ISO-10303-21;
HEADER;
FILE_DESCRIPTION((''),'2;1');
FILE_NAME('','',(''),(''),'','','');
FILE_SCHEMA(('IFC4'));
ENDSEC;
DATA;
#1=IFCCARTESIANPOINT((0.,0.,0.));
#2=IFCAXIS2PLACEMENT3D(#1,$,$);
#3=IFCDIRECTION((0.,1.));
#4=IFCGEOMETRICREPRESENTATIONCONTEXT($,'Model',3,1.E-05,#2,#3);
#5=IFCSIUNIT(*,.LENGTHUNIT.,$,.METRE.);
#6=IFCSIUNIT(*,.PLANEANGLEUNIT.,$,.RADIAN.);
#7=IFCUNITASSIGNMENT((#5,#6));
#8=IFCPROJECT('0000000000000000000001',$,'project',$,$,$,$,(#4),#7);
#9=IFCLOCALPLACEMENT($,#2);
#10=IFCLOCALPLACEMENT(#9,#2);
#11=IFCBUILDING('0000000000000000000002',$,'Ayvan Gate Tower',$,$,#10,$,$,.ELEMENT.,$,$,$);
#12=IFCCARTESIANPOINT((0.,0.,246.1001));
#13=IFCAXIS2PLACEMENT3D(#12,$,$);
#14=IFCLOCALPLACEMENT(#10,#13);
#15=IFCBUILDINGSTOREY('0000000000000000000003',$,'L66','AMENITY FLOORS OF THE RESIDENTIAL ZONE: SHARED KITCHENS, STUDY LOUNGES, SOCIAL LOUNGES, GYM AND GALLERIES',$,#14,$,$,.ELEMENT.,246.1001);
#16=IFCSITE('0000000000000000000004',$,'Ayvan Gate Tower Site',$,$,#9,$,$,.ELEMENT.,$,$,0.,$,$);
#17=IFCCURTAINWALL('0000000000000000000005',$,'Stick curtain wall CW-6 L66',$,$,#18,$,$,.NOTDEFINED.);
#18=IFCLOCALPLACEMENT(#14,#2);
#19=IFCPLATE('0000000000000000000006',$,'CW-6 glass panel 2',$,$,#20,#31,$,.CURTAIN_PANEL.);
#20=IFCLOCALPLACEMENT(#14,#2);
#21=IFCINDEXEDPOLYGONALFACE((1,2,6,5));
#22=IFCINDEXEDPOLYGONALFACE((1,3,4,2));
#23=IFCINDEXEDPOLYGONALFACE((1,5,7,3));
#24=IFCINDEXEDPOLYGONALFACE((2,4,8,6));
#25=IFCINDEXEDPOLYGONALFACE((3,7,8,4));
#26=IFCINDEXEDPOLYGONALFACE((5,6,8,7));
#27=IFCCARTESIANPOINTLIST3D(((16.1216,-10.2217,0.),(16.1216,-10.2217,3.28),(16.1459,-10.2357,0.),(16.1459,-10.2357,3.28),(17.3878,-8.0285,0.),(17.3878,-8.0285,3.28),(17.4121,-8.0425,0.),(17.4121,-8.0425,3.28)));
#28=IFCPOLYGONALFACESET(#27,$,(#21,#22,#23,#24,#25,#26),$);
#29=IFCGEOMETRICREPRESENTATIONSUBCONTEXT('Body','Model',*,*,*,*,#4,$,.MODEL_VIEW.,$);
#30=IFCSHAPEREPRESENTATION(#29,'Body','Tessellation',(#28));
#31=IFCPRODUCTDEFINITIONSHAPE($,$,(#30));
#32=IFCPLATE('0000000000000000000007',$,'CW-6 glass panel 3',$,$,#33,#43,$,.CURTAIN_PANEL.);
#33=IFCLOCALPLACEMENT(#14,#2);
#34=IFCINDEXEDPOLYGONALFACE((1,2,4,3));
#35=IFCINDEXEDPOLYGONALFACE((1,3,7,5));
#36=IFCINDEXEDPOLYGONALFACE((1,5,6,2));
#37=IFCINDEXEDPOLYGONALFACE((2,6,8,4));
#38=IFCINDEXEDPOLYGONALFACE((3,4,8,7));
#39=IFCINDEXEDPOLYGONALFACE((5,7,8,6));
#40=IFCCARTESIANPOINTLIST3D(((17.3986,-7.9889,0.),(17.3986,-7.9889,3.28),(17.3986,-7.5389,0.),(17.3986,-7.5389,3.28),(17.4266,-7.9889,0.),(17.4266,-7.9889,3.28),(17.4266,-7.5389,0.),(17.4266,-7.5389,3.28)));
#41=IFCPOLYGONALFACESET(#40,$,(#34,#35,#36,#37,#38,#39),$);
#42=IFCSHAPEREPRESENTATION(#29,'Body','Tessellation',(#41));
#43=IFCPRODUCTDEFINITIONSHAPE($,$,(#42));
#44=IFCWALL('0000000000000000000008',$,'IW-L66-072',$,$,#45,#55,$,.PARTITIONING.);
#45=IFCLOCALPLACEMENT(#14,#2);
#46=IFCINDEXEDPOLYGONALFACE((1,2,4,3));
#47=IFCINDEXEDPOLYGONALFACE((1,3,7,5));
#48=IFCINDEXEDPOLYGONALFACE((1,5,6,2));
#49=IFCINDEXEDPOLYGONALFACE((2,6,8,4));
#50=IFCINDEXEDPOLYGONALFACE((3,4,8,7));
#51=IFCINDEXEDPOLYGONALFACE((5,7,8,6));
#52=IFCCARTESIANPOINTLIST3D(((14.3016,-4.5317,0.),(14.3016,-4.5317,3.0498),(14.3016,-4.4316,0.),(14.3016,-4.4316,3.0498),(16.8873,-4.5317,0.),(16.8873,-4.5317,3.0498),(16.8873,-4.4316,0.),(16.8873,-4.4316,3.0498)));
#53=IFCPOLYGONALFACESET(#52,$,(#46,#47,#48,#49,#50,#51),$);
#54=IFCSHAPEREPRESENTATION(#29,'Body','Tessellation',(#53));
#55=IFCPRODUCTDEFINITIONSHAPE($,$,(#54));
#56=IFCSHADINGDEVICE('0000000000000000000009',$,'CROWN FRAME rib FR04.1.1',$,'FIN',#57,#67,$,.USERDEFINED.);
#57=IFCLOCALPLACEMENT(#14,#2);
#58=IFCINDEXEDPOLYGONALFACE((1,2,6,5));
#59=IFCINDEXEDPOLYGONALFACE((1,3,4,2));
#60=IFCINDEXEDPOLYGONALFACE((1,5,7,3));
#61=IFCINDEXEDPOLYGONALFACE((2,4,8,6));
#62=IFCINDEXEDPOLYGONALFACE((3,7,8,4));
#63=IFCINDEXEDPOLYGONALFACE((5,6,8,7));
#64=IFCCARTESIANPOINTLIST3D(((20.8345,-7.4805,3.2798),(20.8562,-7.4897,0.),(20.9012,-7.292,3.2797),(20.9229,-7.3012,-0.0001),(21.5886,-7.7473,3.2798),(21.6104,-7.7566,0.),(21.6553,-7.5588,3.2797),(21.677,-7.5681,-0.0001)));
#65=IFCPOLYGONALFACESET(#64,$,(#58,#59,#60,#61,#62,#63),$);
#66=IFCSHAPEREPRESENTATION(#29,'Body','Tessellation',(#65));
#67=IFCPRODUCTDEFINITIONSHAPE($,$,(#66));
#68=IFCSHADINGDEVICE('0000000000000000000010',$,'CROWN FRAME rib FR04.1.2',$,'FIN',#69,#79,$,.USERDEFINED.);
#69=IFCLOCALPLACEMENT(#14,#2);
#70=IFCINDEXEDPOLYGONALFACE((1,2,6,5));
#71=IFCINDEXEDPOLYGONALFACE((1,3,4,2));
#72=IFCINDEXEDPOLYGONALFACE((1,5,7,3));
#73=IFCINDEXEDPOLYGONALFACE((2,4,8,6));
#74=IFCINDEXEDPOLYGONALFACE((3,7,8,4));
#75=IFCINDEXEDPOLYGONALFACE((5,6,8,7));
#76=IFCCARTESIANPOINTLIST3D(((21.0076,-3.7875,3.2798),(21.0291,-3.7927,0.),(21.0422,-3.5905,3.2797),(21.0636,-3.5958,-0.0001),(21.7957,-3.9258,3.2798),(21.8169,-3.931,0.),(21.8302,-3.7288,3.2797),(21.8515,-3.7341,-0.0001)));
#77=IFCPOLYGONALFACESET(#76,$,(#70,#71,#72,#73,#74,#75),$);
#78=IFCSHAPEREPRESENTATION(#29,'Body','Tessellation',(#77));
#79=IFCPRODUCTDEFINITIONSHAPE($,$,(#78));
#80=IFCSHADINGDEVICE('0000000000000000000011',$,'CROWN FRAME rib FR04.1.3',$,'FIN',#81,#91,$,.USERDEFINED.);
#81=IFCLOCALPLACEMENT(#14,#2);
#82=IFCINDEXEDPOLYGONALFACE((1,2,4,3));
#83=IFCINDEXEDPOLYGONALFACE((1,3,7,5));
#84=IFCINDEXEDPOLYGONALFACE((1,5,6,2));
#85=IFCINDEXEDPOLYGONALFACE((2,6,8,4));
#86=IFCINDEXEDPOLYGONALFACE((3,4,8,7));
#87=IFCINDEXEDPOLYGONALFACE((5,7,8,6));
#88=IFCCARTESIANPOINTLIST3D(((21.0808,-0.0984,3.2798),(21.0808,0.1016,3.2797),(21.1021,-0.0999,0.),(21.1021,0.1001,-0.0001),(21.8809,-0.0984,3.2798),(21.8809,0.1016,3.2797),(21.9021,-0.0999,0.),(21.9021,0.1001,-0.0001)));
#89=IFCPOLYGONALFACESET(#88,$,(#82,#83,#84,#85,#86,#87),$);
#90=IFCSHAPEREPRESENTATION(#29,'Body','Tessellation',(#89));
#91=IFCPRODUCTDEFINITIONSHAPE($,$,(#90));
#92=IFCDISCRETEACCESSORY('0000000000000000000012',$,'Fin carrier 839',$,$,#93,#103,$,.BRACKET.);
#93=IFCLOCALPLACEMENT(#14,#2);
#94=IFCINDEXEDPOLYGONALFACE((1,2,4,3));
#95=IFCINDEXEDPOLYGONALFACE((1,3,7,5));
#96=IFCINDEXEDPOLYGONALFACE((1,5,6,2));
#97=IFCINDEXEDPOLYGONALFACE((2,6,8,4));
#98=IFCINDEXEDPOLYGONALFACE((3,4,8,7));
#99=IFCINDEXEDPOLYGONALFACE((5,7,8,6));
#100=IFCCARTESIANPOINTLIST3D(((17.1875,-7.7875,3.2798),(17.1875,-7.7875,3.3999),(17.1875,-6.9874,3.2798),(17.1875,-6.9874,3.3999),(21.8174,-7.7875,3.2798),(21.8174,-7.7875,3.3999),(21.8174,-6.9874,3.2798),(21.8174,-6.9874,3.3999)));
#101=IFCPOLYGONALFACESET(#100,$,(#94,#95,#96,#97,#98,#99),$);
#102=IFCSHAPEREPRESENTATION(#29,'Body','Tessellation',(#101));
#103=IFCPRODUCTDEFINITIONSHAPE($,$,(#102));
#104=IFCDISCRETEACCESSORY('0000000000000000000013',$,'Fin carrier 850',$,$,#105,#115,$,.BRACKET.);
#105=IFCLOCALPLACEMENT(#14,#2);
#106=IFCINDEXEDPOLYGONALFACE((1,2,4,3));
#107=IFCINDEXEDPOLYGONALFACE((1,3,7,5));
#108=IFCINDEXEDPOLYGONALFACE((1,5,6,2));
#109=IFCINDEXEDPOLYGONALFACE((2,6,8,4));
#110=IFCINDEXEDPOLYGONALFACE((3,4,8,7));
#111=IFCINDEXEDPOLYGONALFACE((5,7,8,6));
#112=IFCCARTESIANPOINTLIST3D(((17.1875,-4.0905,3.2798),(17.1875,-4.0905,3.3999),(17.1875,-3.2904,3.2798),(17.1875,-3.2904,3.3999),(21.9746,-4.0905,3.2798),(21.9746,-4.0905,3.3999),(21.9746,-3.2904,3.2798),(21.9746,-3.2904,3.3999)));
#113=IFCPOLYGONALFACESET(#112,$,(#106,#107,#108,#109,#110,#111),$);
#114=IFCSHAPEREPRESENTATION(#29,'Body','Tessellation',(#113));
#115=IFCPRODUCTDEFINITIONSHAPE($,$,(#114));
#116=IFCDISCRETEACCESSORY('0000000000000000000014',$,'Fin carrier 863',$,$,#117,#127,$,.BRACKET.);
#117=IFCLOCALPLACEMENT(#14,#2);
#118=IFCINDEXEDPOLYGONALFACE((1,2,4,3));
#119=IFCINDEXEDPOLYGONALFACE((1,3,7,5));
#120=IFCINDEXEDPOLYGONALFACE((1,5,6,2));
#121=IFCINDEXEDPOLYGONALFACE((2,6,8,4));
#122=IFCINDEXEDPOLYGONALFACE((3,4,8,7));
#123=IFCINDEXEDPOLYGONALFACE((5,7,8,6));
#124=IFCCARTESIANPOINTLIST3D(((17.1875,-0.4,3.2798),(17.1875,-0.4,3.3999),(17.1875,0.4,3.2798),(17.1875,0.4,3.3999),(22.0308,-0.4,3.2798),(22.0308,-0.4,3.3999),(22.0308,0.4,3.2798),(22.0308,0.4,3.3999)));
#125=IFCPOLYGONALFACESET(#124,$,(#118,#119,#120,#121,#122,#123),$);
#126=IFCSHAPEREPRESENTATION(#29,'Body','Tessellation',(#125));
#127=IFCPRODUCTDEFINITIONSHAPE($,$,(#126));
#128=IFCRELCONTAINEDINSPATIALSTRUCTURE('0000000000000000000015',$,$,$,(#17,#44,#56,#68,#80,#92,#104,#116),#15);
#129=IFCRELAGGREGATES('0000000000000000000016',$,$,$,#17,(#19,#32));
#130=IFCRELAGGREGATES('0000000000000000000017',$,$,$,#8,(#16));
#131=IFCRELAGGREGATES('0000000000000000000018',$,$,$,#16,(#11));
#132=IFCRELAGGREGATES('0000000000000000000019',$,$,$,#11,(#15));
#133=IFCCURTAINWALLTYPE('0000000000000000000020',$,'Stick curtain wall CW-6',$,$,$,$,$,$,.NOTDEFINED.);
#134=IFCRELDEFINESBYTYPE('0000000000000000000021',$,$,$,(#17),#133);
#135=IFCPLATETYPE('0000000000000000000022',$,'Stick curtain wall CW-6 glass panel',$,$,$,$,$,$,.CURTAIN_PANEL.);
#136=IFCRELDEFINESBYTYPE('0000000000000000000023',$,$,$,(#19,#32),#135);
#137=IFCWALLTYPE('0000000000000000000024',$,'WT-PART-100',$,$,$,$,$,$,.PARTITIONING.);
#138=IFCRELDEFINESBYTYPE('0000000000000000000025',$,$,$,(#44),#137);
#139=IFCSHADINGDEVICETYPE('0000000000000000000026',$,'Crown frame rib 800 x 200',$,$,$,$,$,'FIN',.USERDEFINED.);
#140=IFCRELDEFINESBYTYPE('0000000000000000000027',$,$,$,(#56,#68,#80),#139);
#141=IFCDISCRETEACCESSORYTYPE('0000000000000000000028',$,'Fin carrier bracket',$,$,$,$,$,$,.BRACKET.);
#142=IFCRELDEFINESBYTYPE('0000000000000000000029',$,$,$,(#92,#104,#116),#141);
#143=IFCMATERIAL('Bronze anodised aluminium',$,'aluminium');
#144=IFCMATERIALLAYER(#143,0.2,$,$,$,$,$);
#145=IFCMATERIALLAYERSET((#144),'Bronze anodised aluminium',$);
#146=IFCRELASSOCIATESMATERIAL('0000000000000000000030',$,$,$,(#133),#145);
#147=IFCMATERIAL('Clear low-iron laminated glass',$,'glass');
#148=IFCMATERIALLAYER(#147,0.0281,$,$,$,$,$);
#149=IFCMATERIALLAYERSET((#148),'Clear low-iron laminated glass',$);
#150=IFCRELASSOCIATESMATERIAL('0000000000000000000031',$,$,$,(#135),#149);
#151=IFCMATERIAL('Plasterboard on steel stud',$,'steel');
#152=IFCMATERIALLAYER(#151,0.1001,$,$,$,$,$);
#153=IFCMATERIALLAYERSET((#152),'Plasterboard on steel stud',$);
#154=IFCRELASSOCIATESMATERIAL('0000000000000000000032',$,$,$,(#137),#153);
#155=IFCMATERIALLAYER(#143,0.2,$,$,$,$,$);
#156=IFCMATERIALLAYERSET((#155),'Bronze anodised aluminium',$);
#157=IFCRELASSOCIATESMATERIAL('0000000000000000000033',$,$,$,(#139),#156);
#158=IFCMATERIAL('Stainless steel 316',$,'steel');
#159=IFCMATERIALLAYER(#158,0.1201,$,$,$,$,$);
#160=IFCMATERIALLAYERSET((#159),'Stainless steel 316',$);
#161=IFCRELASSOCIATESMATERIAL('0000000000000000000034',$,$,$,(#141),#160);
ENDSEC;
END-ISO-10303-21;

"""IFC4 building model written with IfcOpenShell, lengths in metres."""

from ifc_helpers import new_model, si_unit, direction, frame, frame_2d, origin, origin_2d, place, context, subcontext, project, spatial, polyline, rectangle, outline, extrude, material, layer, layer_set, type_object, element, aggregate, save


model = new_model("IFC4")

# Units and contexts
model_context = context("Model", 3, precision=1e-05, world=origin(), true_north=direction((0.0, 1.0)))
body_context = subcontext(model_context, "Body", "Model", "MODEL_VIEW")
ifc_project = project(units=[si_unit("LENGTHUNIT", "METRE"), si_unit("PLANEANGLEUNIT", "RADIAN")], contexts=[model_context])

# Site, building, storey
site_placement = place(None, origin())
site = spatial("IfcSite", under=ifc_project, at=site_placement, Name="Ayvan Gate Tower Site", CompositionType="ELEMENT", RefElevation=0.0)
building_placement = place(site_placement, origin())
building = spatial("IfcBuilding", under=site, at=building_placement, Name="Ayvan Gate Tower", CompositionType="ELEMENT")
storey_placement = place(building_placement, frame((0.0, 0.0, 246.1001)))
storey = spatial("IfcBuildingStorey", under=building, at=storey_placement, Name="L66", Description="AMENITY FLOORS OF THE RESIDENTIAL ZONE: SHARED KITCHENS, STUDY LOUNGES, SOCIAL LOUNGES, GYM AND GALLERIES", CompositionType="ELEMENT", Elevation=246.1001)

# Curtain wall
ifc_material_1 = material(Name="Bronze anodised aluminium", Category="aluminium")
ifc_layer_1 = layer(ifc_material_1, 0.2)
ifc_layer_set_1 = layer_set([ifc_layer_1], Name="Bronze anodised aluminium")
curtain_wall_type_1 = type_object("IfcCurtainWallType", Name="Stick curtain wall CW-6", PredefinedType="NOTDEFINED", material=ifc_layer_set_1)
curtain_wall_1_placement = place(storey_placement, origin())
curtain_wall_1 = element("IfcCurtainWall", 1, at=curtain_wall_1_placement, inside=storey, type_object=curtain_wall_type_1, Name="Stick curtain wall CW-6 L66", PredefinedType="NOTDEFINED")

# Plates
ifc_material_2 = material(Name="Clear low-iron laminated glass", Category="glass")
ifc_layer_2 = layer(ifc_material_2, 0.0281)
ifc_layer_set_2 = layer_set([ifc_layer_2], Name="Clear low-iron laminated glass")
plate_type_1 = type_object("IfcPlateType", Name="Stick curtain wall CW-6 glass panel", PredefinedType="CURTAIN_PANEL", material=ifc_layer_set_2)
plate_1_placement = place(storey_placement, frame((16.7668, -9.1321, 0.0), z_axis=(0.0, 0.0, 1.0), x_axis=(0.5, 0.866025, 0.0)))
plate_1 = element("IfcPlate", 2, at=plate_1_placement, type_object=plate_type_1, Name="CW-6 glass panel 2", PredefinedType="CURTAIN_PANEL", context=body_context, shape_type="SweptSolid", body=[
    extrude(rectangle(XDim=2.5325, YDim=0.0281, at=origin_2d()), origin(), (0.0, 0.0, 1.0), 3.28),
])
plate_2_placement = place(storey_placement, frame((17.4126, -7.7639, 0.0), z_axis=(0.0, 0.0, 1.0), x_axis=(0.0, 1.0, 0.0)))
plate_2 = element("IfcPlate", 3, at=plate_2_placement, type_object=plate_type_1, Name="CW-6 glass panel 3", PredefinedType="CURTAIN_PANEL", context=body_context, shape_type="SweptSolid", body=[
    extrude(rectangle(XDim=0.45, YDim=0.0281, at=origin_2d()), origin(), (0.0, 0.0, 1.0), 3.28),
])
aggregate(curtain_wall_1, [plate_1, plate_2])

# Wall
ifc_material_3 = material(Name="Plasterboard on steel stud", Category="steel")
ifc_layer_3 = layer(ifc_material_3, 0.1001)
ifc_layer_set_3 = layer_set([ifc_layer_3], Name="Plasterboard on steel stud")
wall_type = type_object("IfcWallType", Name="WT-PART-100", PredefinedType="PARTITIONING", material=ifc_layer_set_3)
wall_placement = place(storey_placement, frame((16.8875, -4.4817, 0.0), z_axis=(0.0, 0.0, 1.0), x_axis=(-1.0, 0.0, 0.0)))
element("IfcWall", 4, at=wall_placement, inside=storey, type_object=wall_type, Name="IW-L66-072", PredefinedType="PARTITIONING", context=body_context, shape_type="SweptSolid", body=[
    extrude(rectangle(XDim=2.5857, YDim=0.1001, at=frame_2d((1.293, 0.0))), origin(), (0.0, 0.0, 1.0), 3.0498),
])

# Shading devices
ifc_layer_4 = layer(ifc_material_1, 0.2)
ifc_layer_set_4 = layer_set([ifc_layer_4], Name="Bronze anodised aluminium")
shading_device_type = type_object("IfcShadingDeviceType", Name="Crown frame rib 800 x 200", ElementType="FIN", PredefinedType="USERDEFINED", material=ifc_layer_set_4)
shading_device_1_placement = place(storey_placement, frame((20.8562, -7.4897, 0.0), z_axis=(-0.33357, -0.942725, 0.000457), x_axis=(0.942725, -0.33357, 0.0)))
element("IfcShadingDevice", 5, at=shading_device_1_placement, inside=storey, type_object=shading_device_type, Name="CROWN FRAME rib FR04.1.1", ObjectType="FIN", PredefinedType="USERDEFINED", context=body_context, shape_type="SweptSolid", body=[
    extrude(outline(polyline([(0.0, 0.0), (0.8, 0.0), (0.7764, 3.2798), (-0.0236, 3.2798), (0.0, 0.0)])), origin(), (0.0, 0.0, -1.0), 0.2),
])
shading_device_2_placement = place(storey_placement, frame((21.0291, -3.7927, 0.0), z_axis=(-0.17288, -0.984943, 0.00045), x_axis=(0.984943, -0.17288, 0.0)))
element("IfcShadingDevice", 6, at=shading_device_2_placement, inside=storey, type_object=shading_device_type, Name="CROWN FRAME rib FR04.1.2", ObjectType="FIN", PredefinedType="USERDEFINED", context=body_context, shape_type="SweptSolid", body=[
    extrude(outline(polyline([(0.0, 0.0), (0.7999, 0.0), (0.7781, 3.2798), (-0.022, 3.2798), (0.0, 0.0)])), origin(), (0.0, 0.0, -1.0), 0.2),
])
shading_device_3_placement = place(storey_placement, frame((21.1021, -0.0999, 0.0), z_axis=(0.0, -1.0, 0.000447), x_axis=(1.0, 0.0, 0.0)))
element("IfcShadingDevice", 7, at=shading_device_3_placement, inside=storey, type_object=shading_device_type, Name="CROWN FRAME rib FR04.1.3", ObjectType="FIN", PredefinedType="USERDEFINED", context=body_context, shape_type="SweptSolid", body=[
    extrude(outline(polyline([(0.0, 0.0), (0.8, 0.0), (0.7788, 3.2798), (-0.0212, 3.2798), (0.0, 0.0)])), origin(), (0.0, 0.0, -1.0), 0.2),
])

# Discrete accessories
ifc_material_4 = material(Name="Stainless steel 316", Category="steel")
ifc_layer_5 = layer(ifc_material_4, 0.1201)
ifc_layer_set_5 = layer_set([ifc_layer_5], Name="Stainless steel 316")
discrete_accessory_type = type_object("IfcDiscreteAccessoryType", Name="Fin carrier bracket", PredefinedType="BRACKET", material=ifc_layer_set_5)
discrete_accessory_1_placement = place(storey_placement, frame((19.5024, -7.3875, 3.2798), z_axis=(0.0, 0.0, 1.0), x_axis=(0.0, 1.0, 0.0)))
element("IfcDiscreteAccessory", 8, at=discrete_accessory_1_placement, inside=storey, type_object=discrete_accessory_type, Name="Fin carrier 839", PredefinedType="BRACKET", context=body_context, shape_type="SweptSolid", body=[
    extrude(rectangle(XDim=0.8, YDim=4.6299, at=origin_2d()), origin(), (0.0, 0.0, 1.0), 0.1201),
])
discrete_accessory_2_placement = place(storey_placement, frame((19.5811, -3.6904, 3.2798), z_axis=(0.0, 0.0, 1.0), x_axis=(0.0, 1.0, 0.0)))
element("IfcDiscreteAccessory", 9, at=discrete_accessory_2_placement, inside=storey, type_object=discrete_accessory_type, Name="Fin carrier 850", PredefinedType="BRACKET", context=body_context, shape_type="SweptSolid", body=[
    extrude(rectangle(XDim=0.8, YDim=4.7871, at=origin_2d()), origin(), (0.0, 0.0, 1.0), 0.1201),
])
discrete_accessory_3_placement = place(storey_placement, frame((19.6091, 0.0, 3.2798), z_axis=(0.0, 0.0, 1.0), x_axis=(0.0, 1.0, 0.0)))
element("IfcDiscreteAccessory", 10, at=discrete_accessory_3_placement, inside=storey, type_object=discrete_accessory_type, Name="Fin carrier 863", PredefinedType="BRACKET", context=body_context, shape_type="SweptSolid", body=[
    extrude(rectangle(XDim=0.8, YDim=4.8433, at=origin_2d()), origin(), (0.0, 0.0, 1.0), 0.1201),
])

save(model, "model.ifc")
